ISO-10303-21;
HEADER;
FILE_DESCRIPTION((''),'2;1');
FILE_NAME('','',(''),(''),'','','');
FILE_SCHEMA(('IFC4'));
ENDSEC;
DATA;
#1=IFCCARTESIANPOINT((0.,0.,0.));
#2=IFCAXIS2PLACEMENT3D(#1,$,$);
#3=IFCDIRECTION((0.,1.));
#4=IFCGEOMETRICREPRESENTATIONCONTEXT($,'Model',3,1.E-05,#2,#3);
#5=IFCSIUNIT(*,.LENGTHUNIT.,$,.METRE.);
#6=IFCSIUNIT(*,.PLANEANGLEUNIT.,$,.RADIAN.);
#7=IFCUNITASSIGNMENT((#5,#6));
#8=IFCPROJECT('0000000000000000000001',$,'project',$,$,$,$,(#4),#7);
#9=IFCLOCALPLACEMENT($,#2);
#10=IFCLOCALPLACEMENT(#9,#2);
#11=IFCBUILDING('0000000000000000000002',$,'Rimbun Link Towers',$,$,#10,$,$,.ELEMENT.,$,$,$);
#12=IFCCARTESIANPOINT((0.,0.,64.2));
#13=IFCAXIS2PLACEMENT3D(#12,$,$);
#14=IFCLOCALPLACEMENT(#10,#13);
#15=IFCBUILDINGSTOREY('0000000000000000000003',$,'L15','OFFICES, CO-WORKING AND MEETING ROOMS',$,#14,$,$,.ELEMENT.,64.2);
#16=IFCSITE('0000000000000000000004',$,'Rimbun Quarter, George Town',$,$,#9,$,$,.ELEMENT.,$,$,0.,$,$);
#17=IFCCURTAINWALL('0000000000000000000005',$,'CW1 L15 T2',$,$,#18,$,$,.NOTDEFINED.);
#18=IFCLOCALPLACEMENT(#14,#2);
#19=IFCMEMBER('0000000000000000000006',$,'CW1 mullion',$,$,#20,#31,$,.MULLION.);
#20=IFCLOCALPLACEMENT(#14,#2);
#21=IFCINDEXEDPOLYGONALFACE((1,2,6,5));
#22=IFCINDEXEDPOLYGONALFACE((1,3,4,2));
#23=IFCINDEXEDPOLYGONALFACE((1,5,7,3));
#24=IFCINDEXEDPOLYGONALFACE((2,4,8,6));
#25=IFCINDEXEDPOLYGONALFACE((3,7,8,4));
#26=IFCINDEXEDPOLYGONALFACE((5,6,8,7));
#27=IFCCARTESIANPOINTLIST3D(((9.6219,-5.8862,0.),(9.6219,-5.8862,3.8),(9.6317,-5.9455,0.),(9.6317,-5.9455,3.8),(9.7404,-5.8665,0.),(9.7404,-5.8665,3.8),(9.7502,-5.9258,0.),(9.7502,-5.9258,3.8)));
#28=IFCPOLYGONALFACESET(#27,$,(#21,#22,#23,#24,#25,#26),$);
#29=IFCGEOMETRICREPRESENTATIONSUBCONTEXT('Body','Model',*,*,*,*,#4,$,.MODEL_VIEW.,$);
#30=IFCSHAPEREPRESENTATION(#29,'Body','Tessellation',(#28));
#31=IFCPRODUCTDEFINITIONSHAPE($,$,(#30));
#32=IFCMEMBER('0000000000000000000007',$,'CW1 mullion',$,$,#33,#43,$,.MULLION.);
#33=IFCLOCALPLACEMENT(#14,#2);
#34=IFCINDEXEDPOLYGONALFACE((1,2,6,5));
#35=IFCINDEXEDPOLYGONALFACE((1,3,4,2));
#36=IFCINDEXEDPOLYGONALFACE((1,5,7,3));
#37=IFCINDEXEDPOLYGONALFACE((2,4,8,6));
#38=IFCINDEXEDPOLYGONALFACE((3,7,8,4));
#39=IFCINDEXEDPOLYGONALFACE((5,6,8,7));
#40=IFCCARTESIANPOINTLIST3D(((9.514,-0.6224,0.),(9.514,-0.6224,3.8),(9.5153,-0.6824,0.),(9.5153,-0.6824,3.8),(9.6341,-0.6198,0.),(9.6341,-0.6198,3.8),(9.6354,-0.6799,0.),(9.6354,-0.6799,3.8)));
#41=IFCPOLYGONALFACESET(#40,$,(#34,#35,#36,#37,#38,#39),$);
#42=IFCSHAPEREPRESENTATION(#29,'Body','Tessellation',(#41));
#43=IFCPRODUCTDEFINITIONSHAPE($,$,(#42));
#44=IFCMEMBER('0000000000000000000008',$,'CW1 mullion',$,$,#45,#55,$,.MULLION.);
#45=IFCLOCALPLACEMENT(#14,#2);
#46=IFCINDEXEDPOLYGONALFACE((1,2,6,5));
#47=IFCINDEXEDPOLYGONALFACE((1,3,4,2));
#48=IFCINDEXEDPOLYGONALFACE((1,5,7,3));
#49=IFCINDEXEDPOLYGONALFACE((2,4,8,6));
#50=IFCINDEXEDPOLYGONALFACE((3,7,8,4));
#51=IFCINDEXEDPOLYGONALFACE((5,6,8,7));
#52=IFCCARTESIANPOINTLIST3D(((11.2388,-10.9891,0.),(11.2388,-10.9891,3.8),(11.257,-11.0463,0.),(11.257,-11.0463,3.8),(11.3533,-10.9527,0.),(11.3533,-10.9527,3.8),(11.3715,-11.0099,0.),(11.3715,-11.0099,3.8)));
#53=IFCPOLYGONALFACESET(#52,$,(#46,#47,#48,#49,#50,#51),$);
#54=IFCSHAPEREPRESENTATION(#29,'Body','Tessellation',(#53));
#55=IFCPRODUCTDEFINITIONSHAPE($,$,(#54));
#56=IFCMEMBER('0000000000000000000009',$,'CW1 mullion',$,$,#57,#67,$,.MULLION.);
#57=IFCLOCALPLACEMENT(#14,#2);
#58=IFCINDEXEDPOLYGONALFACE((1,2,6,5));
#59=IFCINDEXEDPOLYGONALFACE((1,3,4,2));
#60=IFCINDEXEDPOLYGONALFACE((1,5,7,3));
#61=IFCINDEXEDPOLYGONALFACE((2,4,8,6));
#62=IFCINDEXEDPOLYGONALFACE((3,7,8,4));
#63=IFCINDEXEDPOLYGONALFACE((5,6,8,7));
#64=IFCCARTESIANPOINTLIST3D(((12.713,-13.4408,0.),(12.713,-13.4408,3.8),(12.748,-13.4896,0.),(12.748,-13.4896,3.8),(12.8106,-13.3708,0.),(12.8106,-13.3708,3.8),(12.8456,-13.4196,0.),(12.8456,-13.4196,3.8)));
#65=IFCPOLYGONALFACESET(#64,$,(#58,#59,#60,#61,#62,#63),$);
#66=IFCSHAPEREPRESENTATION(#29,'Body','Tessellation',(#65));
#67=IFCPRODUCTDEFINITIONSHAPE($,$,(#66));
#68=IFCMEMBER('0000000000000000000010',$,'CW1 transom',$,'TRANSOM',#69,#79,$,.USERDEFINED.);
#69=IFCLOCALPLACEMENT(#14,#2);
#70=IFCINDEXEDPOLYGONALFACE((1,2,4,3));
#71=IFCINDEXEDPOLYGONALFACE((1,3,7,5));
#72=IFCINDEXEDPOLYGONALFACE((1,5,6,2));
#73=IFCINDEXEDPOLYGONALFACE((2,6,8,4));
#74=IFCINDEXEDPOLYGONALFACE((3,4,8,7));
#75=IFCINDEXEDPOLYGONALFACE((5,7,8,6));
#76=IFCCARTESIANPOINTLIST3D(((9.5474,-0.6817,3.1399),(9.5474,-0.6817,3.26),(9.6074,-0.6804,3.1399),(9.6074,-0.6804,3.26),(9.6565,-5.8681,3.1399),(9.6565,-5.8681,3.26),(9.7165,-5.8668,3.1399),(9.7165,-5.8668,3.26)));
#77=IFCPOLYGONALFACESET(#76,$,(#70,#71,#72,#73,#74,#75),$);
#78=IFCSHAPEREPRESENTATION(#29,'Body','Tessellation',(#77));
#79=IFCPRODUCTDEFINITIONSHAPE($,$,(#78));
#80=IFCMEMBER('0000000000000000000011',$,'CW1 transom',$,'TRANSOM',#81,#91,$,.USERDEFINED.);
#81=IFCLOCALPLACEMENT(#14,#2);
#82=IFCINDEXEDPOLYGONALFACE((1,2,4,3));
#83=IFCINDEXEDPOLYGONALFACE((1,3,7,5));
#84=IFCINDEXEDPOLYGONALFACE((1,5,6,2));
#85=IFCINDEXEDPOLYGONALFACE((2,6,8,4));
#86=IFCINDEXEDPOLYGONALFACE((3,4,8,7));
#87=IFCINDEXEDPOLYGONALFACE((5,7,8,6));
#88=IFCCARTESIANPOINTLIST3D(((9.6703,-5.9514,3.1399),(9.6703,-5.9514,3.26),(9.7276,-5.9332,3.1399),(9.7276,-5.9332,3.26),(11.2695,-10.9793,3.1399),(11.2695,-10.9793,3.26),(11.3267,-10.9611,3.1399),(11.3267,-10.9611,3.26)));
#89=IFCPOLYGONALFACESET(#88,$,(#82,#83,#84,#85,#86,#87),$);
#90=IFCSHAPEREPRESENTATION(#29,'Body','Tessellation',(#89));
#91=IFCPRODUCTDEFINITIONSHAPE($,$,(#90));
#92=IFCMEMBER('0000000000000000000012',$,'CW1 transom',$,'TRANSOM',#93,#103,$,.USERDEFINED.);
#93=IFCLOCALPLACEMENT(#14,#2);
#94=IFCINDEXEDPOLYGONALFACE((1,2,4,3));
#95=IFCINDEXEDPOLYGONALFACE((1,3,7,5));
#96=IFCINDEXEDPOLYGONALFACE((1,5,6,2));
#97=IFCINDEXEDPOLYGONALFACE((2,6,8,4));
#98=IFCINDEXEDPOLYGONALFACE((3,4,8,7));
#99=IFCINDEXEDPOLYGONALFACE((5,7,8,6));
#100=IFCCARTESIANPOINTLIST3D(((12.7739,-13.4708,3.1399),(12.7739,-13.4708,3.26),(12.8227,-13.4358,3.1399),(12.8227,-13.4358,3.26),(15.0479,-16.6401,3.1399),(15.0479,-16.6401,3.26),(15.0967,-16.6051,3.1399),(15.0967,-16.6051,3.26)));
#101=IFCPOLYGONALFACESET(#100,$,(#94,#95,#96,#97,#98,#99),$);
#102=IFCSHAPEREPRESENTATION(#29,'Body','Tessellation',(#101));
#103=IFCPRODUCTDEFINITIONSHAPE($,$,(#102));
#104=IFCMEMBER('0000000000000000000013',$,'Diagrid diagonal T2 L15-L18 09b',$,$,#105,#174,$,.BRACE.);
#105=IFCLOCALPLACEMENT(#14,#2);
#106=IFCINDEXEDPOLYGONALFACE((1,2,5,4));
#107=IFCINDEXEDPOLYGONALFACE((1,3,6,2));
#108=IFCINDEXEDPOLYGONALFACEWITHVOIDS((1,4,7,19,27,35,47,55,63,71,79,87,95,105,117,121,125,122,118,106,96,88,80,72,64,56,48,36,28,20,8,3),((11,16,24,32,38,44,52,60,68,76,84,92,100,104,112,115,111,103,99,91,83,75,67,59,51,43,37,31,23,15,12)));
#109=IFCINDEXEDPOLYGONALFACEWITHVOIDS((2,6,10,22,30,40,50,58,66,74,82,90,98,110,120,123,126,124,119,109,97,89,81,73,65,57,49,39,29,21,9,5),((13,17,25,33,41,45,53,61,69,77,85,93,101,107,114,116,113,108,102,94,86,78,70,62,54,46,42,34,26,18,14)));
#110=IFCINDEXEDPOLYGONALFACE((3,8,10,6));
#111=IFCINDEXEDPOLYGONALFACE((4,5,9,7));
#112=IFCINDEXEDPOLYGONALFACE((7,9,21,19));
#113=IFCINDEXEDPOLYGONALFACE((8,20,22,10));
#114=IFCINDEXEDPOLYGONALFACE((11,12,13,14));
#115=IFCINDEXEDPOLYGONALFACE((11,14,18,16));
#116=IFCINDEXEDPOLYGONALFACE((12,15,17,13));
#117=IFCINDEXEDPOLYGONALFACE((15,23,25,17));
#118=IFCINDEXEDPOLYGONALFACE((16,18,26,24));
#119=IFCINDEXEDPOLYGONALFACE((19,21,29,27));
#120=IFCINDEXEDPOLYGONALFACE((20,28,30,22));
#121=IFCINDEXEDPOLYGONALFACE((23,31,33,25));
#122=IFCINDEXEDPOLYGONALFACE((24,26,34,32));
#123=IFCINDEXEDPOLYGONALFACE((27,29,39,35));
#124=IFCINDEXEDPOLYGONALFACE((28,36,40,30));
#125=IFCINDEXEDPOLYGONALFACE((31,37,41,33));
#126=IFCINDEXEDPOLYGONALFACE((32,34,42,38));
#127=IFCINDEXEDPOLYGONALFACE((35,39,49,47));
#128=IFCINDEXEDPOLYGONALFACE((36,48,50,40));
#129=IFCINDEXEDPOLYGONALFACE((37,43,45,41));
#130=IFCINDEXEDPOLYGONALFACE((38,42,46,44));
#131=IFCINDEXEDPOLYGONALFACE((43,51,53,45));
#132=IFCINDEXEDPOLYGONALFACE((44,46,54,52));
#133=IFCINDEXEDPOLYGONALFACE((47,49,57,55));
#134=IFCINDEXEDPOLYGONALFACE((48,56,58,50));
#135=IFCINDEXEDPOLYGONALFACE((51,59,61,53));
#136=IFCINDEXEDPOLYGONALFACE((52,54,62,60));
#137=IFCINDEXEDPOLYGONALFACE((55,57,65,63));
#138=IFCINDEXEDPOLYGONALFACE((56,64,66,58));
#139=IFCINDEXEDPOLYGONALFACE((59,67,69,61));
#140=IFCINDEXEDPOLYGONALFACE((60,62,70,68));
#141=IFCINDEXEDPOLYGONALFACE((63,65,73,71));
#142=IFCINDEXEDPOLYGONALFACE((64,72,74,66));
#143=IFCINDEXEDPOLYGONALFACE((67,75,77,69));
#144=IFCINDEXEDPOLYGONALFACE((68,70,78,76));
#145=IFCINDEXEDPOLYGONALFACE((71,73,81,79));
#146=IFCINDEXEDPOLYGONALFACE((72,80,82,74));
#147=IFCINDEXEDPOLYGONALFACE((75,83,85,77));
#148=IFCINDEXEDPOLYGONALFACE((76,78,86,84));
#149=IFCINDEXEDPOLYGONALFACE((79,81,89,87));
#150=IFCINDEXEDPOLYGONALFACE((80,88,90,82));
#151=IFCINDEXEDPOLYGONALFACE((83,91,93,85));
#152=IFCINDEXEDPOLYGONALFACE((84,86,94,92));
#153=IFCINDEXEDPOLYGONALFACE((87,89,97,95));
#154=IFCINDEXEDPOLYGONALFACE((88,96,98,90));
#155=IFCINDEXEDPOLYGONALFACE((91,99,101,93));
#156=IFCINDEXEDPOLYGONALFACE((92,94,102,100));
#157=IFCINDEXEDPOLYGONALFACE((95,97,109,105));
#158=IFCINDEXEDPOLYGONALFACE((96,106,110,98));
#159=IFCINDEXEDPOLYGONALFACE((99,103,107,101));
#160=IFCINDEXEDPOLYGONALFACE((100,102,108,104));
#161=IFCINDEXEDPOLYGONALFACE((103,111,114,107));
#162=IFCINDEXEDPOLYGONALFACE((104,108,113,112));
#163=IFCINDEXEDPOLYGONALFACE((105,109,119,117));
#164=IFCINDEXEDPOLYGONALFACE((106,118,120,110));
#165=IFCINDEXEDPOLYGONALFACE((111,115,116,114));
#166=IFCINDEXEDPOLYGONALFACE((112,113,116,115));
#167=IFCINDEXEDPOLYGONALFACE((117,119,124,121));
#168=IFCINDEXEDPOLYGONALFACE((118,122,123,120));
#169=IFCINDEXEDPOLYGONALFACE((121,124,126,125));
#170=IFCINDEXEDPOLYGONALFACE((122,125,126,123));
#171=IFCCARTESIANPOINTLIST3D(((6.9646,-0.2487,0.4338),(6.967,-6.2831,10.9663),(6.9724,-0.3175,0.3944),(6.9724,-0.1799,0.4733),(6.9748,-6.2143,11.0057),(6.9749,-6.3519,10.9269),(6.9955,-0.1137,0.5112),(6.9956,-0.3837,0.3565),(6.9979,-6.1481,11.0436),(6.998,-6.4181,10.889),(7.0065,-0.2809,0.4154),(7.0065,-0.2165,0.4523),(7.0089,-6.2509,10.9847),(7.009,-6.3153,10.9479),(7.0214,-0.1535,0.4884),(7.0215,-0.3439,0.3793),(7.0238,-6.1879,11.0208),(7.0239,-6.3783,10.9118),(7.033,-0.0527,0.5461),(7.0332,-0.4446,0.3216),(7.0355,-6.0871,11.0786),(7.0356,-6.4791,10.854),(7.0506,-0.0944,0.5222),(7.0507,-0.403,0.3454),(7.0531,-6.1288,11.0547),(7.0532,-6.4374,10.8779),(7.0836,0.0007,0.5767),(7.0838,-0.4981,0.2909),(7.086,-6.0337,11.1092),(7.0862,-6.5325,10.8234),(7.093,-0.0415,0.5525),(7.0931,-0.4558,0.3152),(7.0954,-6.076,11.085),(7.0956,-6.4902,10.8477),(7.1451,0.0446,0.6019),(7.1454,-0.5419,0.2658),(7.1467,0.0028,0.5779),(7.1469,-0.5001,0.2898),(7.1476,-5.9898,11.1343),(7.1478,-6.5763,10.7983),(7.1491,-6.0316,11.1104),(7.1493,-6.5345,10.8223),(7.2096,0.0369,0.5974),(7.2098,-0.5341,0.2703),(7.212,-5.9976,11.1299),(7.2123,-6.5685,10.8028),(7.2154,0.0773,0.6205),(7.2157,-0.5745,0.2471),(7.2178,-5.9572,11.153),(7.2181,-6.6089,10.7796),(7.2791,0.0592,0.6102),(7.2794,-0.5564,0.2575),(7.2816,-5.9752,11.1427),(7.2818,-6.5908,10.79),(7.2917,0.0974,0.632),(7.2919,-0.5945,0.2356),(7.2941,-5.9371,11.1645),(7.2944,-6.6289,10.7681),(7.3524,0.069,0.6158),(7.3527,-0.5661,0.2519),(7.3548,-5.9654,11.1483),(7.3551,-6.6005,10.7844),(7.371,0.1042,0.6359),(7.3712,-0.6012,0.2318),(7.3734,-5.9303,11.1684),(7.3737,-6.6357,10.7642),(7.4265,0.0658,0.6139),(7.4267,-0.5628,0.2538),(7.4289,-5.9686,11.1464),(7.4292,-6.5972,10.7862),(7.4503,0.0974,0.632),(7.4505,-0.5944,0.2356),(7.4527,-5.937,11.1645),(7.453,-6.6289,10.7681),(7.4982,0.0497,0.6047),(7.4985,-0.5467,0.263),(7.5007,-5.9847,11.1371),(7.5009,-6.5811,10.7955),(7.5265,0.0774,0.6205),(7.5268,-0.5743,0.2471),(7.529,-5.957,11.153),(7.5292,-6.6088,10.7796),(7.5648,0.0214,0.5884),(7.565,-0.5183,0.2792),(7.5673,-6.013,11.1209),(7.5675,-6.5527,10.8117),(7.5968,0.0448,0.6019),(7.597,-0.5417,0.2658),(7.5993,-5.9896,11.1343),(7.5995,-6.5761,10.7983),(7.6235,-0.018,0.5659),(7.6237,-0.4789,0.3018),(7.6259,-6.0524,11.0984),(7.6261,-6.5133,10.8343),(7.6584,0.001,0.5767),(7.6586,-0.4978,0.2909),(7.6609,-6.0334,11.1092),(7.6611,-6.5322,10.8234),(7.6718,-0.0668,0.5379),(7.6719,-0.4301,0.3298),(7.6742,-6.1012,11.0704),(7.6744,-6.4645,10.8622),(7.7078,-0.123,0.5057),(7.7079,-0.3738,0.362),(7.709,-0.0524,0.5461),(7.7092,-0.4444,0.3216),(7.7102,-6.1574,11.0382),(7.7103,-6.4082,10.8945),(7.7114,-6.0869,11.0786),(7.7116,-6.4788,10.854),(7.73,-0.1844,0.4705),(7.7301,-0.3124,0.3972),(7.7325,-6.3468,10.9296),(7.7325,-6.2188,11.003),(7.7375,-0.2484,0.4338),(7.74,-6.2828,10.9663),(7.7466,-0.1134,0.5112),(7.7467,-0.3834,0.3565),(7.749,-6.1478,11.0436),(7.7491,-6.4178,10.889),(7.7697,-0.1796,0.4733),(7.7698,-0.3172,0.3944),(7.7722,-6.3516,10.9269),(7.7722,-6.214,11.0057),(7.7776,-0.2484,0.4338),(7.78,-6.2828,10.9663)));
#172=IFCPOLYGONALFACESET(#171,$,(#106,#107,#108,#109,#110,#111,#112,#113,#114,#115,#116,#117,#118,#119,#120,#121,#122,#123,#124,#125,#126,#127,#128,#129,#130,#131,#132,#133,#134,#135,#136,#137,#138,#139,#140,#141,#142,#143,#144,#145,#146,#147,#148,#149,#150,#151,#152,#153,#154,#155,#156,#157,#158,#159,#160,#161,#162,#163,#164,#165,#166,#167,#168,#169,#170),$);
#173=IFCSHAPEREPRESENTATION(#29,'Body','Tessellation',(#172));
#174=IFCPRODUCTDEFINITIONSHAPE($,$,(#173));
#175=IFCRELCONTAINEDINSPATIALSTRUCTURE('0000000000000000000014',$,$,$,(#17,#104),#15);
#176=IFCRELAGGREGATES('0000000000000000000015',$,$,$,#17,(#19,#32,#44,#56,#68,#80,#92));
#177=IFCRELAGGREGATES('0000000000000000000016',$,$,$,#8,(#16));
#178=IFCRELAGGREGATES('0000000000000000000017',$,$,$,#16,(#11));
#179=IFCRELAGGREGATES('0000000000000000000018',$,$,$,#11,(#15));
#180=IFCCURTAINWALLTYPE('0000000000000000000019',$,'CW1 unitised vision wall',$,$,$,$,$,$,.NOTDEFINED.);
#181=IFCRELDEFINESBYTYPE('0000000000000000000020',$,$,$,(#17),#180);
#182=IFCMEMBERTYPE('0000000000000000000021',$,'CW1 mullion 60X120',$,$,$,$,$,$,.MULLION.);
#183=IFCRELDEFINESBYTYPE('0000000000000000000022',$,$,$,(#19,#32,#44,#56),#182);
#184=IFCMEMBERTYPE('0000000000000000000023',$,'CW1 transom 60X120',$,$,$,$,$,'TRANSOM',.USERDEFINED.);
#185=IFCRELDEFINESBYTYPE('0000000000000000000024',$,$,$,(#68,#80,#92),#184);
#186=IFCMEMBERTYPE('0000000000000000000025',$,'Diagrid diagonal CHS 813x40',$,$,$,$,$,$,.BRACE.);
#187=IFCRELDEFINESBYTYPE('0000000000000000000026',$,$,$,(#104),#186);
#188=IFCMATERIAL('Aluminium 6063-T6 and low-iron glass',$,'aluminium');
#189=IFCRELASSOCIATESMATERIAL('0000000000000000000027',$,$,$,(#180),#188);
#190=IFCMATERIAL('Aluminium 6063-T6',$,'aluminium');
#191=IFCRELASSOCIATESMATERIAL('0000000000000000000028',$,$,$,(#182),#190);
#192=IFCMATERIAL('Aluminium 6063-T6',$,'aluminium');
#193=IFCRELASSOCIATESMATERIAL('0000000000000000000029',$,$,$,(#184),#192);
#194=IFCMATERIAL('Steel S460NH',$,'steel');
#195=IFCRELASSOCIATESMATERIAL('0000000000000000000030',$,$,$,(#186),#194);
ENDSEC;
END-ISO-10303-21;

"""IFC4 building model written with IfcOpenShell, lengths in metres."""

from ifc_helpers import new_model, si_unit, direction, frame, origin, origin_2d, place, context, subcontext, project, spatial, rectangle, hollow_circle, extrude, material, material_profile, profile_set, type_object, element, aggregate, save


model = new_model("IFC4")

# Units and contexts
model_context = context("Model", 3, precision=1e-05, world=origin(), true_north=direction((0.0, 1.0)))
body_context = subcontext(model_context, "Body", "Model", "MODEL_VIEW")
ifc_project = project(units=[si_unit("LENGTHUNIT", "METRE"), si_unit("PLANEANGLEUNIT", "RADIAN")], contexts=[model_context])

# Site, building, storey
site_placement = place(None, origin())
site = spatial("IfcSite", under=ifc_project, at=site_placement, Name="Rimbun Quarter, George Town", CompositionType="ELEMENT", RefElevation=0.0)
building_placement = place(site_placement, origin())
building = spatial("IfcBuilding", under=site, at=building_placement, Name="Rimbun Link Towers", CompositionType="ELEMENT")
storey_placement = place(building_placement, frame((0.0, 0.0, 64.2)))
storey = spatial("IfcBuildingStorey", under=building, at=storey_placement, Name="L15", Description="OFFICES, CO-WORKING AND MEETING ROOMS", CompositionType="ELEMENT", Elevation=64.2)

# Curtain wall, members
ifc_material_1 = material(Name="Aluminium 6063-T6 and low-iron glass", Category="aluminium")
curtain_wall_type = type_object("IfcCurtainWallType", Name="CW1 unitised vision wall", PredefinedType="NOTDEFINED", material=ifc_material_1)
curtain_wall_placement = place(storey_placement, origin())
curtain_wall = element("IfcCurtainWall", 1, at=curtain_wall_placement, inside=storey, type_object=curtain_wall_type, Name="CW1 L15 T2", PredefinedType="NOTDEFINED")
ifc_material_2 = material(Name="Aluminium 6063-T6", Category="aluminium")
ifc_material_profile_1 = material_profile(ifc_material_2, rectangle(XDim=0.1201, YDim=0.0601, at=origin_2d()), Name="MULLION 60X120")
ifc_profile_set_1 = profile_set([ifc_material_profile_1], Name="Aluminium 6063-T6")
member_type_1 = type_object("IfcMemberType", Name="CW1 mullion 60X120", PredefinedType="MULLION", material=ifc_profile_set_1)
member_1_placement = place(storey_placement, frame((9.686, -5.906, 0.0), z_axis=(0.0, 0.0, 1.0), x_axis=(-0.986503, -0.163744, 0.0)))
member_1 = element("IfcMember", 2, at=member_1_placement, type_object=member_type_1, Name="CW1 mullion", PredefinedType="MULLION", context=body_context, shape_type="SweptSolid", body=[
    extrude(rectangle(XDim=0.1201, YDim=0.0601, at=origin_2d()), origin(), (0.0, 0.0, 1.0), 3.8),
])
member_2_placement = place(storey_placement, frame((9.5747, -0.6511, 0.0), z_axis=(0.0, 0.0, 1.0), x_axis=(-0.999778, -0.02106, 0.0)))
member_2 = element("IfcMember", 3, at=member_2_placement, type_object=member_type_1, Name="CW1 mullion", PredefinedType="MULLION", context=body_context, shape_type="SweptSolid", body=[
    extrude(rectangle(XDim=0.1201, YDim=0.0601, at=origin_2d()), origin(), (0.0, 0.0, 1.0), 3.8),
])
member_3_placement = place(storey_placement, frame((11.3052, -10.9995, 0.0), z_axis=(0.0, 0.0, 1.0), x_axis=(-0.95297, -0.303066, 0.0)))
member_3 = element("IfcMember", 4, at=member_3_placement, type_object=member_type_1, Name="CW1 mullion", PredefinedType="MULLION", context=body_context, shape_type="SweptSolid", body=[
    extrude(rectangle(XDim=0.1201, YDim=0.0601, at=origin_2d()), origin(), (0.0, 0.0, 1.0), 3.8),
])
member_4_placement = place(storey_placement, frame((12.7793, -13.4302, 0.0), z_axis=(0.0, 0.0, 1.0), x_axis=(-0.812471, -0.583002, 0.0)))
member_4 = element("IfcMember", 5, at=member_4_placement, type_object=member_type_1, Name="CW1 mullion", PredefinedType="MULLION", context=body_context, shape_type="SweptSolid", body=[
    extrude(rectangle(XDim=0.1201, YDim=0.0601, at=origin_2d()), origin(), (0.0, 0.0, 1.0), 3.8),
])
ifc_material_3 = material(Name="Aluminium 6063-T6", Category="aluminium")
ifc_material_profile_2 = material_profile(ifc_material_3, rectangle(XDim=0.0601, YDim=0.1201, at=origin_2d()), Name="TRANSOM 60X120")
ifc_profile_set_2 = profile_set([ifc_material_profile_2], Name="Aluminium 6063-T6")
member_type_2 = type_object("IfcMemberType", Name="CW1 transom 60X120", ElementType="TRANSOM", PredefinedType="USERDEFINED", material=ifc_profile_set_2)
member_5_placement = place(storey_placement, frame((9.6865, -5.8674, 3.2), z_axis=(-0.021038, 0.999779, 0.0), x_axis=(-0.999779, -0.021038, 0.0)))
member_5 = element("IfcMember", 6, at=member_5_placement, type_object=member_type_2, Name="CW1 transom", ObjectType="TRANSOM", PredefinedType="USERDEFINED", context=body_context, shape_type="SweptSolid", body=[
    extrude(rectangle(XDim=0.0601, YDim=0.1201, at=origin_2d()), origin(), (0.0, 0.0, 1.0), 5.1875),
])
member_6_placement = place(storey_placement, frame((11.2981, -10.9702, 3.2), z_axis=(-0.303093, 0.952961, 0.0), x_axis=(-0.952961, -0.303093, 0.0)))
member_6 = element("IfcMember", 7, at=member_6_placement, type_object=member_type_2, Name="CW1 transom", ObjectType="TRANSOM", PredefinedType="USERDEFINED", context=body_context, shape_type="SweptSolid", body=[
    extrude(rectangle(XDim=0.0601, YDim=0.1201, at=origin_2d()), origin(), (0.0, 0.0, 1.0), 5.2761),
])
member_7_placement = place(storey_placement, frame((15.0723, -16.6226, 3.2), z_axis=(-0.582972, 0.812492, 0.0), x_axis=(-0.812492, -0.582972, 0.0)))
member_7 = element("IfcMember", 8, at=member_7_placement, type_object=member_type_2, Name="CW1 transom", ObjectType="TRANSOM", PredefinedType="USERDEFINED", context=body_context, shape_type="SweptSolid", body=[
    extrude(rectangle(XDim=0.0601, YDim=0.1201, at=origin_2d()), origin(), (0.0, 0.0, 1.0), 3.9006),
])

# Member
ifc_material_4 = material(Name="Steel S460NH", Category="steel")
ifc_material_profile_3 = material_profile(ifc_material_4, hollow_circle(Radius=0.4065, WallThickness=0.04, at=origin_2d()), Name="Diagrid diagonal CHS 813x40")
ifc_profile_set_3 = profile_set([ifc_material_profile_3], Name="Steel S460NH")
member_type_3 = type_object("IfcMemberType", Name="Diagrid diagonal CHS 813x40", PredefinedType="BRACE", material=ifc_profile_set_3)
member_8_placement = place(storey_placement, frame((7.3711, -0.2485, 0.4338), z_axis=(0.000201, -0.497124, 0.867679), x_axis=(1.0, 0.000405, 0.0)))
element("IfcMember", 9, at=member_8_placement, inside=storey, type_object=member_type_3, Name="Diagrid diagonal T2 L15-L18 09b", PredefinedType="BRACE", context=body_context, shape_type="SweptSolid", body=[
    extrude(hollow_circle(Radius=0.4065, WallThickness=0.04, at=origin_2d()), origin(), (0.0, 0.0, 1.0), 12.1387),
])

aggregate(curtain_wall, [member_1, member_2, member_3, member_4, member_5, member_6, member_7])

save(model, "model.ifc")
